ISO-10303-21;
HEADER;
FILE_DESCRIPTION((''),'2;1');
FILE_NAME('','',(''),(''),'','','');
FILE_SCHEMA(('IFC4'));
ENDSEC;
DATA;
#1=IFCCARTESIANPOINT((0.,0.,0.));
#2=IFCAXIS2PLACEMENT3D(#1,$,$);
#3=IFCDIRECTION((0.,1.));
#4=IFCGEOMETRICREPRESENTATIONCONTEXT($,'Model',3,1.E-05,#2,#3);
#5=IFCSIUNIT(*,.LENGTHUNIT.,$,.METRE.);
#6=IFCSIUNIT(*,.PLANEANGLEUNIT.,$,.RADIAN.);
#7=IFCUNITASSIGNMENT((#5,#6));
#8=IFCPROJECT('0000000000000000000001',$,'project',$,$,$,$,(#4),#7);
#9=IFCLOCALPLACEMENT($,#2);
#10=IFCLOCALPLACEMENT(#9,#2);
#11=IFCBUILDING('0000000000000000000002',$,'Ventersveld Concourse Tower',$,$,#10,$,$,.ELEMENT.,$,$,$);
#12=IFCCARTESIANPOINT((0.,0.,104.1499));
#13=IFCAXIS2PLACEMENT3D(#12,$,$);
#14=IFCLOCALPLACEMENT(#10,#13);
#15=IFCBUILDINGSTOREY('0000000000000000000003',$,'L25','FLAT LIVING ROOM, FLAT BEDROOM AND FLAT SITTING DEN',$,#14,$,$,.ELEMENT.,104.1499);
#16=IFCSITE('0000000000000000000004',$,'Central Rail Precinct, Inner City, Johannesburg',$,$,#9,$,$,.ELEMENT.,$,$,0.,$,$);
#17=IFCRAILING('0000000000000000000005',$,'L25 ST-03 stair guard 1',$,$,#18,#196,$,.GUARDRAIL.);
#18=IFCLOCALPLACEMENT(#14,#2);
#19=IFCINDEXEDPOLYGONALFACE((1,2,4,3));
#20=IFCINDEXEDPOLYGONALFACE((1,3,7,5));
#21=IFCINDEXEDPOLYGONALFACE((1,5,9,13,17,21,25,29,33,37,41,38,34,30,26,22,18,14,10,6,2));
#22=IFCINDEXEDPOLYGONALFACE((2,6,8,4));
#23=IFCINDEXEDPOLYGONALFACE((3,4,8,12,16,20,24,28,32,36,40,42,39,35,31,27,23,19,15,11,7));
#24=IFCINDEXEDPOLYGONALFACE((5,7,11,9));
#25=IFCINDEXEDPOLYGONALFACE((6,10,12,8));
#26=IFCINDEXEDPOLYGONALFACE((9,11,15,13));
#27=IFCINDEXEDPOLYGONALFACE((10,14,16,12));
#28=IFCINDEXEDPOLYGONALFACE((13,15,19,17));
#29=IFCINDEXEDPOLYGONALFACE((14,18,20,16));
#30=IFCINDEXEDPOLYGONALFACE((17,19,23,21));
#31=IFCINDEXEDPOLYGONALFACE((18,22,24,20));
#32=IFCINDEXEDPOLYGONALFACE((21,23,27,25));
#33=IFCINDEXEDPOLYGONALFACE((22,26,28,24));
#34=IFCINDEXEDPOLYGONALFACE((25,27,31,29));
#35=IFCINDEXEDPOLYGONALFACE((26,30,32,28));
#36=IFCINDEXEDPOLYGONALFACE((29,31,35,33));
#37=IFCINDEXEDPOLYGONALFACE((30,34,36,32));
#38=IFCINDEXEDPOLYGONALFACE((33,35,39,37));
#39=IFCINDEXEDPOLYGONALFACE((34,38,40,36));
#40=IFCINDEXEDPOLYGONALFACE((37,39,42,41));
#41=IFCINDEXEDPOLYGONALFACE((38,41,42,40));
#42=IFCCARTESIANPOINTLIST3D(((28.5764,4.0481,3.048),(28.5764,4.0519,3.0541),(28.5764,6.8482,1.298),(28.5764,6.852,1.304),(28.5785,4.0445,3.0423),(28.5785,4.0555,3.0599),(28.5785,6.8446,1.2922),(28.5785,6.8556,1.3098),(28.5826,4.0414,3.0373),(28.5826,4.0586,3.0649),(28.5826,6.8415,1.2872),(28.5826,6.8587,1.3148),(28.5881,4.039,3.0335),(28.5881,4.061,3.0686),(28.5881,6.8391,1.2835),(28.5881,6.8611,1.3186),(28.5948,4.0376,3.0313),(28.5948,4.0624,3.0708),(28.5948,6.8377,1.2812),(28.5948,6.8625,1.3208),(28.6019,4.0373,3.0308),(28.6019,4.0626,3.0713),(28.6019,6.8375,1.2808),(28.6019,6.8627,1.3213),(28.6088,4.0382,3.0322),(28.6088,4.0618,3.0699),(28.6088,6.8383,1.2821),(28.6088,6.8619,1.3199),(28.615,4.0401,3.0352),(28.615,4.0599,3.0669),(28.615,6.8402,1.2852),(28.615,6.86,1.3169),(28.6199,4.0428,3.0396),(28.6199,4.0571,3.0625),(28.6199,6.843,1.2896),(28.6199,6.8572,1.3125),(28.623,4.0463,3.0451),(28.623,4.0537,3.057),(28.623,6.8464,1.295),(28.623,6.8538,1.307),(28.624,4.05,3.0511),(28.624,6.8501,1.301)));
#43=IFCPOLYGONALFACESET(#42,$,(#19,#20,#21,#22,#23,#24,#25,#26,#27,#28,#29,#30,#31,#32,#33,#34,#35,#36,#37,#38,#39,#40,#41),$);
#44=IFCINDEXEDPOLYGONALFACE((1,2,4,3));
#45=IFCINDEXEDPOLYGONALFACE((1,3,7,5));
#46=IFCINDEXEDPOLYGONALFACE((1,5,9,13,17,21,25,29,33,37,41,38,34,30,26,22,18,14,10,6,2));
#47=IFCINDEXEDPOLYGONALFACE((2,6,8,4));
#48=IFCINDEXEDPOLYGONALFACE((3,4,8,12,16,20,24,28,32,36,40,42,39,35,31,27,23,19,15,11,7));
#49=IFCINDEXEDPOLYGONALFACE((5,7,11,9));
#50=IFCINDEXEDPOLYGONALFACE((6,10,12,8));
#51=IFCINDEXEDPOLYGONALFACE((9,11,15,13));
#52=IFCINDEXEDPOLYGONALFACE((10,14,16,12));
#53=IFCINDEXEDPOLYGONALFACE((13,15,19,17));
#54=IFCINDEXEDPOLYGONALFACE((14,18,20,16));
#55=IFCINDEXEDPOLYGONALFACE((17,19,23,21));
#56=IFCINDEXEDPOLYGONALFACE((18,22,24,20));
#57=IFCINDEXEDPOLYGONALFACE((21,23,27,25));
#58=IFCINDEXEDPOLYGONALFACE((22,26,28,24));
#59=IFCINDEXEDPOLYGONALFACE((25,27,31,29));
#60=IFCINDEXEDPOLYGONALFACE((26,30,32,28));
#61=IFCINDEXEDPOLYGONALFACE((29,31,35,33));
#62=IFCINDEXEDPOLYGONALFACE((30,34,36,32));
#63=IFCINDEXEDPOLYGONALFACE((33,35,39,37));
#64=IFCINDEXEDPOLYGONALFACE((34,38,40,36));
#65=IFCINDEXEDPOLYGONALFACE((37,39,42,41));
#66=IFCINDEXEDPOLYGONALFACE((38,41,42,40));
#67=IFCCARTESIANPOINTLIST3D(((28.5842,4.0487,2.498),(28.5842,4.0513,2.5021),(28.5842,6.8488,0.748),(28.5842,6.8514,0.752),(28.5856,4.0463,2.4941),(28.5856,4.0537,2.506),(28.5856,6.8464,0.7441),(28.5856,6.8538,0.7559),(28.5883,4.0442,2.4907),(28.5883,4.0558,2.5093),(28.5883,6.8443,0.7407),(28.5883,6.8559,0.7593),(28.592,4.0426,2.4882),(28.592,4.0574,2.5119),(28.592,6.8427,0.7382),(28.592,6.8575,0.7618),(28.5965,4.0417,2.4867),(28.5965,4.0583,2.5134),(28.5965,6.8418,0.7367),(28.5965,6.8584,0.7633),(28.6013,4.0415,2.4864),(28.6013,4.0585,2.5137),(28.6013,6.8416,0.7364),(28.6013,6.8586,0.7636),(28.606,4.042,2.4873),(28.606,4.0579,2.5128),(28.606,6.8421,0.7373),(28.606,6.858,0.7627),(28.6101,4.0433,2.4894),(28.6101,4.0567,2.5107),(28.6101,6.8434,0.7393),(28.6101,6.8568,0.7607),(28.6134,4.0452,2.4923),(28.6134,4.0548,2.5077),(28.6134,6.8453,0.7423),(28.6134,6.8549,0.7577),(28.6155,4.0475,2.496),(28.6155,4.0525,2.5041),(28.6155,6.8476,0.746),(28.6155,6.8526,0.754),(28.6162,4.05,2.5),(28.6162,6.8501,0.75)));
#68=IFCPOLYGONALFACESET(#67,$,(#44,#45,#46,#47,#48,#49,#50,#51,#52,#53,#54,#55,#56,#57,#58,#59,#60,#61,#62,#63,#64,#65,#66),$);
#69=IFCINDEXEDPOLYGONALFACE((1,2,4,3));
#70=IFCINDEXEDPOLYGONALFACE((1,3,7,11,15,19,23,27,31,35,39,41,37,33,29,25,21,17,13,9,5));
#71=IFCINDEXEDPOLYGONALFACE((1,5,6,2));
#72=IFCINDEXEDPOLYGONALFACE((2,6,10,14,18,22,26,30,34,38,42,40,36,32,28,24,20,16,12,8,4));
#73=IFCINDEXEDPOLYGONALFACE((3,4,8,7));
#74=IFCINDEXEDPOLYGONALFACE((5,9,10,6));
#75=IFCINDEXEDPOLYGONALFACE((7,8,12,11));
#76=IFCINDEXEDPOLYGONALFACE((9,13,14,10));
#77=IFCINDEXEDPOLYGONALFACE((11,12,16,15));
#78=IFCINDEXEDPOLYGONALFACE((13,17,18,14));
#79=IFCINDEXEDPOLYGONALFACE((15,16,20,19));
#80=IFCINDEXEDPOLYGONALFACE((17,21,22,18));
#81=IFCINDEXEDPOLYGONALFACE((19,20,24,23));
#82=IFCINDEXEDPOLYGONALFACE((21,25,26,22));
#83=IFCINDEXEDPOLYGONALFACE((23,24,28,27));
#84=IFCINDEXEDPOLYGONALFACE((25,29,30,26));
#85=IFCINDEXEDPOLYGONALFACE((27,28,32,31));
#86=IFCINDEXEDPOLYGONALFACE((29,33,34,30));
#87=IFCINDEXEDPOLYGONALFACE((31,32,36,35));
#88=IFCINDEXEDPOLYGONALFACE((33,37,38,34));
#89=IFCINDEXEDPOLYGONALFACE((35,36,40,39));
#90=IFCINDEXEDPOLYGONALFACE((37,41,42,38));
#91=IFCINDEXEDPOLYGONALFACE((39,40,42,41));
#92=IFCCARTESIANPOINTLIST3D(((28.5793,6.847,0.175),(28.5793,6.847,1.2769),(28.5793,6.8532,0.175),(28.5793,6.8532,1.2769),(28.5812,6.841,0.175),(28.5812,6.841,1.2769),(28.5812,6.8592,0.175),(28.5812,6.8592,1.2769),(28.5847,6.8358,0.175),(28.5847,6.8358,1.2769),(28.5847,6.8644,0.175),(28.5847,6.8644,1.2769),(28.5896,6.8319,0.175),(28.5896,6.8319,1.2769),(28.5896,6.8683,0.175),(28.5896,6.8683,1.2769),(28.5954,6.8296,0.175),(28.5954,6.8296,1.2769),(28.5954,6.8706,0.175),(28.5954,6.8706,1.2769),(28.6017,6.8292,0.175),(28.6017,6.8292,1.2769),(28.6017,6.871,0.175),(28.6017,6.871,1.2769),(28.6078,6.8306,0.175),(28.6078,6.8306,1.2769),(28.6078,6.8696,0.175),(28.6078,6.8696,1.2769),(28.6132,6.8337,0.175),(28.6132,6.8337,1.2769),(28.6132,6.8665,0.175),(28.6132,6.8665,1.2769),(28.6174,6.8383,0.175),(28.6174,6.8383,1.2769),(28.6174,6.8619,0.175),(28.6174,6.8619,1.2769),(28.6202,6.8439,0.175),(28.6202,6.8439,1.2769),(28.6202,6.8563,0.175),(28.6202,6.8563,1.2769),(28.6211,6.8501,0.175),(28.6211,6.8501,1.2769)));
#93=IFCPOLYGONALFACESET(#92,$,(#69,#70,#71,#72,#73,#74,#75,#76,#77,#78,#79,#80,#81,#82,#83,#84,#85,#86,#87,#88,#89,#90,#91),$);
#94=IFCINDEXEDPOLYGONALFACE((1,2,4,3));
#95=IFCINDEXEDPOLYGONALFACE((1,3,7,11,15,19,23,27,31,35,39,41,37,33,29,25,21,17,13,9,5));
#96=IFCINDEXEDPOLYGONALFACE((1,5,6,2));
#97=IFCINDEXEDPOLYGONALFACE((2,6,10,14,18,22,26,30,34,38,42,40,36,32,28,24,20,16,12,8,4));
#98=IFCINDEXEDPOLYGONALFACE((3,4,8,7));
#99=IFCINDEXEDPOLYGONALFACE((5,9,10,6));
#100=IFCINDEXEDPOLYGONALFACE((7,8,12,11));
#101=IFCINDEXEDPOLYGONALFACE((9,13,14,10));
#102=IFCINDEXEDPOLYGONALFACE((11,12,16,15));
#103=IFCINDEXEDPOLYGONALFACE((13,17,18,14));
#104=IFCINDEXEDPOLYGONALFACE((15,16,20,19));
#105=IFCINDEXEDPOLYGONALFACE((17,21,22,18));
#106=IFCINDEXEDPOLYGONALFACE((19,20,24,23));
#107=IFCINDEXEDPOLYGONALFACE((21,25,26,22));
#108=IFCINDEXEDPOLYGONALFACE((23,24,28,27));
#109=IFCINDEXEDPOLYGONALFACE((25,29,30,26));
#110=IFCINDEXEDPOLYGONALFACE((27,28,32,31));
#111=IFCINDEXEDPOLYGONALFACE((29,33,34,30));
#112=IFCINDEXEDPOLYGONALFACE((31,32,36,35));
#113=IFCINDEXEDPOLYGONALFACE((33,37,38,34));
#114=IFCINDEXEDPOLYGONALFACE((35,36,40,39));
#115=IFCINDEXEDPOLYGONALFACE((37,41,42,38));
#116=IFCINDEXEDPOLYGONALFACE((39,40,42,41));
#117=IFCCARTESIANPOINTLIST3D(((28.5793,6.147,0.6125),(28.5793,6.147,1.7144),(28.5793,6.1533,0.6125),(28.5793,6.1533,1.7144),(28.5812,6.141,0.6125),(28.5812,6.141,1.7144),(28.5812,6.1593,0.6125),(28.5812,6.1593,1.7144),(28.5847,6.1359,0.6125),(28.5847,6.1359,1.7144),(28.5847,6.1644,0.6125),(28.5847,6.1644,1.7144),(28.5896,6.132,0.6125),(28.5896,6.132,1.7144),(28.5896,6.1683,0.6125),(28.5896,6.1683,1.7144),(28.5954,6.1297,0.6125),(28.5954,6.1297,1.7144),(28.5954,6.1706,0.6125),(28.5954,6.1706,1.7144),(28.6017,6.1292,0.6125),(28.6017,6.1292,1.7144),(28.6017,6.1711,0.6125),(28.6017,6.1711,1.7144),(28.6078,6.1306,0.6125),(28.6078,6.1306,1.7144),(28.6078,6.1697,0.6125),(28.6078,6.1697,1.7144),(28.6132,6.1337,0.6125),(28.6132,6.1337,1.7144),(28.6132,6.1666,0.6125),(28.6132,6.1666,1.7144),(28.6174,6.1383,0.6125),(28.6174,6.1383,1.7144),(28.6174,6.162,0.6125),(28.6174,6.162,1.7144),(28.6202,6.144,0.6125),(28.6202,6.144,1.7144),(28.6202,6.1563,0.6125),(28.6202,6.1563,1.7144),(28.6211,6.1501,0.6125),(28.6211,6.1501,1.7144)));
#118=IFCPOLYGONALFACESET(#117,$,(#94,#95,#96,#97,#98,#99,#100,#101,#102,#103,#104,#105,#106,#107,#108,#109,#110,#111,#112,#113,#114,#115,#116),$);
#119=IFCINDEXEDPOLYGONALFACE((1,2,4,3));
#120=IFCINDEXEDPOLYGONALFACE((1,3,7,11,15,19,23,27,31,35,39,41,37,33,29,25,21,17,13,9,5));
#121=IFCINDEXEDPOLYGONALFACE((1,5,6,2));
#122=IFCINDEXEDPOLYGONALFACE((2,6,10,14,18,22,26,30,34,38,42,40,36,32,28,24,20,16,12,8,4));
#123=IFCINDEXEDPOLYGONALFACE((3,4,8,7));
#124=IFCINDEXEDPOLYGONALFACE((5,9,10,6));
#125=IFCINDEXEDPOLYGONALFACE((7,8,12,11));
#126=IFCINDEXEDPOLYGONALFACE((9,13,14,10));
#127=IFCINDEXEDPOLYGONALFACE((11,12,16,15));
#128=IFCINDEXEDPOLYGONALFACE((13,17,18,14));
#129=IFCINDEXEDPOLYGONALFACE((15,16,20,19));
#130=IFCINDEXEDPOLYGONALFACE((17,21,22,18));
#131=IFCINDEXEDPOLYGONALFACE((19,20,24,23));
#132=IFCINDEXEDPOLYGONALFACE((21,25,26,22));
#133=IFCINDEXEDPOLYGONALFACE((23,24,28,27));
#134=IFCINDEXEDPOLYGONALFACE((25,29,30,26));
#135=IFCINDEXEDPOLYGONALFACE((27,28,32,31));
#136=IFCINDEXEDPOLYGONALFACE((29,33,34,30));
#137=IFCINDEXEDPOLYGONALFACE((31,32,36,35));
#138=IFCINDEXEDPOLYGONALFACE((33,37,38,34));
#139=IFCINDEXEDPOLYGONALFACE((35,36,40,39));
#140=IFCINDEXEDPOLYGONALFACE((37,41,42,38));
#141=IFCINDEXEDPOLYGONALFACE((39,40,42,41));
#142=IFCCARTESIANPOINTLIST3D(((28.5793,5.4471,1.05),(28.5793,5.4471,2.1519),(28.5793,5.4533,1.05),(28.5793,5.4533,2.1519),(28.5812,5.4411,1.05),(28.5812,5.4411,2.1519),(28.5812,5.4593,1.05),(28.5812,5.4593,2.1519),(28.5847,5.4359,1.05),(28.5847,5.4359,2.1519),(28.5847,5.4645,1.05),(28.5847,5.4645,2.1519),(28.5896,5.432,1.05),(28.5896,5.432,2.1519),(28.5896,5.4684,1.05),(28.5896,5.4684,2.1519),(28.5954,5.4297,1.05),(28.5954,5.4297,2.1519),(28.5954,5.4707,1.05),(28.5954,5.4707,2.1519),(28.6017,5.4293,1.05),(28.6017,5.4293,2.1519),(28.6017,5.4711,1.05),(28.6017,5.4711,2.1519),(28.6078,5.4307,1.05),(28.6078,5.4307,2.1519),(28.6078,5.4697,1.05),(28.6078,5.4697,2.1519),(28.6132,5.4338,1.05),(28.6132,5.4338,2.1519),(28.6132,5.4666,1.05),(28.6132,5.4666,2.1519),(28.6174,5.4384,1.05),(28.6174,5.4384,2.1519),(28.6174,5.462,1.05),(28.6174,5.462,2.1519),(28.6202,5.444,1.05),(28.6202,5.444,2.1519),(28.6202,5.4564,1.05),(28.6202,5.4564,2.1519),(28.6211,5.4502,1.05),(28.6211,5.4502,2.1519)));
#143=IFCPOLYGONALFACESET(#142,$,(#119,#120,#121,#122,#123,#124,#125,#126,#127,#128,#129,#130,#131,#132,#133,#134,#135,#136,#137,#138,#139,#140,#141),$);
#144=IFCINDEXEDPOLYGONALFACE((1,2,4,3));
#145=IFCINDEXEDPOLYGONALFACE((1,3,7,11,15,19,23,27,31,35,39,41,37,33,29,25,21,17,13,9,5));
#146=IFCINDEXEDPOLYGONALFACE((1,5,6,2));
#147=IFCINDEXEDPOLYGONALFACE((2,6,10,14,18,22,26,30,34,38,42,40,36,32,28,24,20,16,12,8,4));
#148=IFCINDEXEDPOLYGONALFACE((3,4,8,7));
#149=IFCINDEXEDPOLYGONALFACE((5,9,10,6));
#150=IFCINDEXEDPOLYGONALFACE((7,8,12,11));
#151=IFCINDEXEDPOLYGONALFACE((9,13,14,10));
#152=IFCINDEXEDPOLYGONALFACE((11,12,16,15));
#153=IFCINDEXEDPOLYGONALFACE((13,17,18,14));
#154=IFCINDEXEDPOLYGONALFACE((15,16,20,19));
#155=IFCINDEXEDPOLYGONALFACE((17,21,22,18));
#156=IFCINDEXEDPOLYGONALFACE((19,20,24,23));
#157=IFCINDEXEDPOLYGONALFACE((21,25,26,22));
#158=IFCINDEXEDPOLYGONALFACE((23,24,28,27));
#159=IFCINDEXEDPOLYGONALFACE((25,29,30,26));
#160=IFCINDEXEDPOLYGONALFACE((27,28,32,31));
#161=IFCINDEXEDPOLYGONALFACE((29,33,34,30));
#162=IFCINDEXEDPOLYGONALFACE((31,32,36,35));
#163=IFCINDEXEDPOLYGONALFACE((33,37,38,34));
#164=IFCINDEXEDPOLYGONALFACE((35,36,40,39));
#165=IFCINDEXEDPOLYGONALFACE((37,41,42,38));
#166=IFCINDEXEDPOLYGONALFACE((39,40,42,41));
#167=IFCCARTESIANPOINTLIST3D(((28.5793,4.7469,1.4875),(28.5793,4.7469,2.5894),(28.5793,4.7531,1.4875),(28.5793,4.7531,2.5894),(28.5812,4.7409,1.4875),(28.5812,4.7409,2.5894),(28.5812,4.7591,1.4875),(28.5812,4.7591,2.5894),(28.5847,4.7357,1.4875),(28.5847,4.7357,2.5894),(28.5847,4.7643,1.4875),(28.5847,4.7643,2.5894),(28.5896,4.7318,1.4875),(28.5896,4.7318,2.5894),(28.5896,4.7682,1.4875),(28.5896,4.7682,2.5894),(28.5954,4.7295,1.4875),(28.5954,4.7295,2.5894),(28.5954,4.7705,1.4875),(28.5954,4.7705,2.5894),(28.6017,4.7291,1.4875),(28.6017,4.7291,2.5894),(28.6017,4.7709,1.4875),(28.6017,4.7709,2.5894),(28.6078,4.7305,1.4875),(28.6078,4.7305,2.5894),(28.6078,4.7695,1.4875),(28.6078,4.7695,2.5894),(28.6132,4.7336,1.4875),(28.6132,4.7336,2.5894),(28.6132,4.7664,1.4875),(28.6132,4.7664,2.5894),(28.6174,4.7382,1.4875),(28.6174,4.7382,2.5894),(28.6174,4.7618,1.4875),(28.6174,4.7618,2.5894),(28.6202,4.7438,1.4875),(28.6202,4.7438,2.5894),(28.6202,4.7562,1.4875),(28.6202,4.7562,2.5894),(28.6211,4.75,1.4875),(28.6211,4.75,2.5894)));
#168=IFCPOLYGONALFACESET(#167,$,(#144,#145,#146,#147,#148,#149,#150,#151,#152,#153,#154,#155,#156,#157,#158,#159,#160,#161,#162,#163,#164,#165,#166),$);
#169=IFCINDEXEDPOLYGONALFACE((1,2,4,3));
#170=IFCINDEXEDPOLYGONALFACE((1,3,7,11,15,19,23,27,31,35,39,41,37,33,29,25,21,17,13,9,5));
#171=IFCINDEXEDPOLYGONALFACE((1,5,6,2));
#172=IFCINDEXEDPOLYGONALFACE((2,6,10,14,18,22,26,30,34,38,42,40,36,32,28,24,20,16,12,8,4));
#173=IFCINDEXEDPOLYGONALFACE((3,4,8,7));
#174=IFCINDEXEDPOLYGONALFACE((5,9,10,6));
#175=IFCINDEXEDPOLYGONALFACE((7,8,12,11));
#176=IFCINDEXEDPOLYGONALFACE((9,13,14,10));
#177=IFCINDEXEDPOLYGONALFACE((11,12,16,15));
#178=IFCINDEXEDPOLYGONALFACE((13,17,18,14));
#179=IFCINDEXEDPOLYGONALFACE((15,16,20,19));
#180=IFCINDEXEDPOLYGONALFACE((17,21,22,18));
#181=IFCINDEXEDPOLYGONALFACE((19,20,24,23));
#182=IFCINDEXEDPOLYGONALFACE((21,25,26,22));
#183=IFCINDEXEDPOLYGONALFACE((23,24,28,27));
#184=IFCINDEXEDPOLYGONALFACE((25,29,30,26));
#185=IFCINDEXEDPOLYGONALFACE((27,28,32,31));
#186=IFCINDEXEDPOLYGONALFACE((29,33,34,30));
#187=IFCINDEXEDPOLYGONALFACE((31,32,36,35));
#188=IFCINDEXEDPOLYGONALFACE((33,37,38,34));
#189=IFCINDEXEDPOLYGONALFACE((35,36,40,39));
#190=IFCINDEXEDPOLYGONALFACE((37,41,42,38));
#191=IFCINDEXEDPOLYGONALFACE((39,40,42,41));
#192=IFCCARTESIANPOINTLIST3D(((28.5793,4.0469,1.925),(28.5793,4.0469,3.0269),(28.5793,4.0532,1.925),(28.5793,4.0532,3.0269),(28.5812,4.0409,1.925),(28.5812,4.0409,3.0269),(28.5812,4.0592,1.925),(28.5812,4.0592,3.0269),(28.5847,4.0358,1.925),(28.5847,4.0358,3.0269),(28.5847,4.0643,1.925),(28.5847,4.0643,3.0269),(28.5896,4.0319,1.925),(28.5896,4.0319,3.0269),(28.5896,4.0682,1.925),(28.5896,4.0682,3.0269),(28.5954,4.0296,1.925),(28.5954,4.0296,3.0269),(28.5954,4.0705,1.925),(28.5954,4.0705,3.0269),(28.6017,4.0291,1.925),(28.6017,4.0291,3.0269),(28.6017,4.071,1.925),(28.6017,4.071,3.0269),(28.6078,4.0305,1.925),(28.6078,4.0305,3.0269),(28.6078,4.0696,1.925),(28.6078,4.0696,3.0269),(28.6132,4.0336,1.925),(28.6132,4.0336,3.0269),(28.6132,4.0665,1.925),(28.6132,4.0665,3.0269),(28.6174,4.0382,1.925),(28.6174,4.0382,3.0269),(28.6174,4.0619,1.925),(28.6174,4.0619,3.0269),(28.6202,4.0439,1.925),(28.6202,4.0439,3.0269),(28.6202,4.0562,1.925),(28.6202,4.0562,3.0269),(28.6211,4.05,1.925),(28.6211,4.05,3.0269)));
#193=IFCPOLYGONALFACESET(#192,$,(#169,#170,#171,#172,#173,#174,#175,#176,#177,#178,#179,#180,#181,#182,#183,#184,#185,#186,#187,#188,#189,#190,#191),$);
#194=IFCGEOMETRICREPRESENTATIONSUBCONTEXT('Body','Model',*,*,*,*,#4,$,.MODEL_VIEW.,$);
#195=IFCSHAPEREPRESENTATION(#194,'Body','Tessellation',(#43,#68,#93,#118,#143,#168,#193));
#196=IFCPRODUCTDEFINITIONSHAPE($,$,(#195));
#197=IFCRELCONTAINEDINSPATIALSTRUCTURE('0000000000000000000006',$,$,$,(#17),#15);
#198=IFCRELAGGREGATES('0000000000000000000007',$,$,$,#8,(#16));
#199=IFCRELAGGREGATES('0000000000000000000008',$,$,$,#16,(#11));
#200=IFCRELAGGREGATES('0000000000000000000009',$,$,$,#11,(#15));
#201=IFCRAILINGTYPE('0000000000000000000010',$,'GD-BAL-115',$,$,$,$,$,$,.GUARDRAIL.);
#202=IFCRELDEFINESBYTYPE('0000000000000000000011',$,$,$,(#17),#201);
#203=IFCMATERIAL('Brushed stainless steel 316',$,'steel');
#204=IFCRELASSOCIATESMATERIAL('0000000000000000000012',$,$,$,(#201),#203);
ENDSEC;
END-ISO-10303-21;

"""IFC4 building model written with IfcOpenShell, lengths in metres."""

from ifc_helpers import new_model, si_unit, direction, frame, origin, origin_2d, place, context, subcontext, project, spatial, circle, extrude, material, type_object, element, save


model = new_model("IFC4")

# Units and contexts
model_context = context("Model", 3, precision=1e-05, world=origin(), true_north=direction((0.0, 1.0)))
body_context = subcontext(model_context, "Body", "Model", "MODEL_VIEW")
ifc_project = project(units=[si_unit("LENGTHUNIT", "METRE"), si_unit("PLANEANGLEUNIT", "RADIAN")], contexts=[model_context])

# Site, building, storey
site_placement = place(None, origin())
site = spatial("IfcSite", under=ifc_project, at=site_placement, Name="Central Rail Precinct, Inner City, Johannesburg", CompositionType="ELEMENT", RefElevation=0.0)
building_placement = place(site_placement, origin())
building = spatial("IfcBuilding", under=site, at=building_placement, Name="Ventersveld Concourse Tower", CompositionType="ELEMENT")
storey_placement = place(building_placement, frame((0.0, 0.0, 104.1499)))
storey = spatial("IfcBuildingStorey", under=building, at=storey_placement, Name="L25", Description="FLAT LIVING ROOM, FLAT BEDROOM AND FLAT SITTING DEN", CompositionType="ELEMENT", Elevation=104.1499)

# Shared definitions
ifc_material_1 = material(Name="Brushed stainless steel 316", Category="steel")

# Railing
railing_type_1 = type_object("IfcRailingType", Name="GD-BAL-115", PredefinedType="GUARDRAIL", material=ifc_material_1)
railing_1_placement = place(storey_placement, frame((28.6001, 6.8501, 0.175)))
element("IfcRailing", 1, at=railing_1_placement, inside=storey, type_object=railing_type_1, Name="L25 ST-03 stair guard 1", PredefinedType="GUARDRAIL", context=body_context, shape_type="SweptSolid", body=[
    extrude(circle(Radius=0.0239, at=origin_2d()), frame((0.0, 0.0, 1.126), z_axis=(0.0, -0.848002, 0.529992), x_axis=(1.0, 0.0, 0.0)), (0.0, 0.0, 1.0), 3.302),
    extrude(circle(Radius=0.0161, at=origin_2d()), frame((0.0, 0.0, 0.575), z_axis=(0.0, -0.848002, 0.529992), x_axis=(1.0, 0.0, 0.0)), (0.0, 0.0, 1.0), 3.302),
    extrude(circle(Radius=0.021, at=origin_2d()), origin(), (0.0, 0.0, 1.0), 1.1018),
    extrude(circle(Radius=0.021, at=origin_2d()), frame((0.0, -0.7, 0.4375)), (0.0, 0.0, 1.0), 1.1018),
    extrude(circle(Radius=0.021, at=origin_2d()), frame((0.0, -1.3999, 0.875)), (0.0, 0.0, 1.0), 1.1018),
    extrude(circle(Radius=0.021, at=origin_2d()), frame((0.0, -2.1001, 1.3125)), (0.0, 0.0, 1.0), 1.1018),
    extrude(circle(Radius=0.021, at=origin_2d()), frame((0.0, -2.8, 1.75)), (0.0, 0.0, 1.0), 1.1018),
])

save(model, "model.ifc")
